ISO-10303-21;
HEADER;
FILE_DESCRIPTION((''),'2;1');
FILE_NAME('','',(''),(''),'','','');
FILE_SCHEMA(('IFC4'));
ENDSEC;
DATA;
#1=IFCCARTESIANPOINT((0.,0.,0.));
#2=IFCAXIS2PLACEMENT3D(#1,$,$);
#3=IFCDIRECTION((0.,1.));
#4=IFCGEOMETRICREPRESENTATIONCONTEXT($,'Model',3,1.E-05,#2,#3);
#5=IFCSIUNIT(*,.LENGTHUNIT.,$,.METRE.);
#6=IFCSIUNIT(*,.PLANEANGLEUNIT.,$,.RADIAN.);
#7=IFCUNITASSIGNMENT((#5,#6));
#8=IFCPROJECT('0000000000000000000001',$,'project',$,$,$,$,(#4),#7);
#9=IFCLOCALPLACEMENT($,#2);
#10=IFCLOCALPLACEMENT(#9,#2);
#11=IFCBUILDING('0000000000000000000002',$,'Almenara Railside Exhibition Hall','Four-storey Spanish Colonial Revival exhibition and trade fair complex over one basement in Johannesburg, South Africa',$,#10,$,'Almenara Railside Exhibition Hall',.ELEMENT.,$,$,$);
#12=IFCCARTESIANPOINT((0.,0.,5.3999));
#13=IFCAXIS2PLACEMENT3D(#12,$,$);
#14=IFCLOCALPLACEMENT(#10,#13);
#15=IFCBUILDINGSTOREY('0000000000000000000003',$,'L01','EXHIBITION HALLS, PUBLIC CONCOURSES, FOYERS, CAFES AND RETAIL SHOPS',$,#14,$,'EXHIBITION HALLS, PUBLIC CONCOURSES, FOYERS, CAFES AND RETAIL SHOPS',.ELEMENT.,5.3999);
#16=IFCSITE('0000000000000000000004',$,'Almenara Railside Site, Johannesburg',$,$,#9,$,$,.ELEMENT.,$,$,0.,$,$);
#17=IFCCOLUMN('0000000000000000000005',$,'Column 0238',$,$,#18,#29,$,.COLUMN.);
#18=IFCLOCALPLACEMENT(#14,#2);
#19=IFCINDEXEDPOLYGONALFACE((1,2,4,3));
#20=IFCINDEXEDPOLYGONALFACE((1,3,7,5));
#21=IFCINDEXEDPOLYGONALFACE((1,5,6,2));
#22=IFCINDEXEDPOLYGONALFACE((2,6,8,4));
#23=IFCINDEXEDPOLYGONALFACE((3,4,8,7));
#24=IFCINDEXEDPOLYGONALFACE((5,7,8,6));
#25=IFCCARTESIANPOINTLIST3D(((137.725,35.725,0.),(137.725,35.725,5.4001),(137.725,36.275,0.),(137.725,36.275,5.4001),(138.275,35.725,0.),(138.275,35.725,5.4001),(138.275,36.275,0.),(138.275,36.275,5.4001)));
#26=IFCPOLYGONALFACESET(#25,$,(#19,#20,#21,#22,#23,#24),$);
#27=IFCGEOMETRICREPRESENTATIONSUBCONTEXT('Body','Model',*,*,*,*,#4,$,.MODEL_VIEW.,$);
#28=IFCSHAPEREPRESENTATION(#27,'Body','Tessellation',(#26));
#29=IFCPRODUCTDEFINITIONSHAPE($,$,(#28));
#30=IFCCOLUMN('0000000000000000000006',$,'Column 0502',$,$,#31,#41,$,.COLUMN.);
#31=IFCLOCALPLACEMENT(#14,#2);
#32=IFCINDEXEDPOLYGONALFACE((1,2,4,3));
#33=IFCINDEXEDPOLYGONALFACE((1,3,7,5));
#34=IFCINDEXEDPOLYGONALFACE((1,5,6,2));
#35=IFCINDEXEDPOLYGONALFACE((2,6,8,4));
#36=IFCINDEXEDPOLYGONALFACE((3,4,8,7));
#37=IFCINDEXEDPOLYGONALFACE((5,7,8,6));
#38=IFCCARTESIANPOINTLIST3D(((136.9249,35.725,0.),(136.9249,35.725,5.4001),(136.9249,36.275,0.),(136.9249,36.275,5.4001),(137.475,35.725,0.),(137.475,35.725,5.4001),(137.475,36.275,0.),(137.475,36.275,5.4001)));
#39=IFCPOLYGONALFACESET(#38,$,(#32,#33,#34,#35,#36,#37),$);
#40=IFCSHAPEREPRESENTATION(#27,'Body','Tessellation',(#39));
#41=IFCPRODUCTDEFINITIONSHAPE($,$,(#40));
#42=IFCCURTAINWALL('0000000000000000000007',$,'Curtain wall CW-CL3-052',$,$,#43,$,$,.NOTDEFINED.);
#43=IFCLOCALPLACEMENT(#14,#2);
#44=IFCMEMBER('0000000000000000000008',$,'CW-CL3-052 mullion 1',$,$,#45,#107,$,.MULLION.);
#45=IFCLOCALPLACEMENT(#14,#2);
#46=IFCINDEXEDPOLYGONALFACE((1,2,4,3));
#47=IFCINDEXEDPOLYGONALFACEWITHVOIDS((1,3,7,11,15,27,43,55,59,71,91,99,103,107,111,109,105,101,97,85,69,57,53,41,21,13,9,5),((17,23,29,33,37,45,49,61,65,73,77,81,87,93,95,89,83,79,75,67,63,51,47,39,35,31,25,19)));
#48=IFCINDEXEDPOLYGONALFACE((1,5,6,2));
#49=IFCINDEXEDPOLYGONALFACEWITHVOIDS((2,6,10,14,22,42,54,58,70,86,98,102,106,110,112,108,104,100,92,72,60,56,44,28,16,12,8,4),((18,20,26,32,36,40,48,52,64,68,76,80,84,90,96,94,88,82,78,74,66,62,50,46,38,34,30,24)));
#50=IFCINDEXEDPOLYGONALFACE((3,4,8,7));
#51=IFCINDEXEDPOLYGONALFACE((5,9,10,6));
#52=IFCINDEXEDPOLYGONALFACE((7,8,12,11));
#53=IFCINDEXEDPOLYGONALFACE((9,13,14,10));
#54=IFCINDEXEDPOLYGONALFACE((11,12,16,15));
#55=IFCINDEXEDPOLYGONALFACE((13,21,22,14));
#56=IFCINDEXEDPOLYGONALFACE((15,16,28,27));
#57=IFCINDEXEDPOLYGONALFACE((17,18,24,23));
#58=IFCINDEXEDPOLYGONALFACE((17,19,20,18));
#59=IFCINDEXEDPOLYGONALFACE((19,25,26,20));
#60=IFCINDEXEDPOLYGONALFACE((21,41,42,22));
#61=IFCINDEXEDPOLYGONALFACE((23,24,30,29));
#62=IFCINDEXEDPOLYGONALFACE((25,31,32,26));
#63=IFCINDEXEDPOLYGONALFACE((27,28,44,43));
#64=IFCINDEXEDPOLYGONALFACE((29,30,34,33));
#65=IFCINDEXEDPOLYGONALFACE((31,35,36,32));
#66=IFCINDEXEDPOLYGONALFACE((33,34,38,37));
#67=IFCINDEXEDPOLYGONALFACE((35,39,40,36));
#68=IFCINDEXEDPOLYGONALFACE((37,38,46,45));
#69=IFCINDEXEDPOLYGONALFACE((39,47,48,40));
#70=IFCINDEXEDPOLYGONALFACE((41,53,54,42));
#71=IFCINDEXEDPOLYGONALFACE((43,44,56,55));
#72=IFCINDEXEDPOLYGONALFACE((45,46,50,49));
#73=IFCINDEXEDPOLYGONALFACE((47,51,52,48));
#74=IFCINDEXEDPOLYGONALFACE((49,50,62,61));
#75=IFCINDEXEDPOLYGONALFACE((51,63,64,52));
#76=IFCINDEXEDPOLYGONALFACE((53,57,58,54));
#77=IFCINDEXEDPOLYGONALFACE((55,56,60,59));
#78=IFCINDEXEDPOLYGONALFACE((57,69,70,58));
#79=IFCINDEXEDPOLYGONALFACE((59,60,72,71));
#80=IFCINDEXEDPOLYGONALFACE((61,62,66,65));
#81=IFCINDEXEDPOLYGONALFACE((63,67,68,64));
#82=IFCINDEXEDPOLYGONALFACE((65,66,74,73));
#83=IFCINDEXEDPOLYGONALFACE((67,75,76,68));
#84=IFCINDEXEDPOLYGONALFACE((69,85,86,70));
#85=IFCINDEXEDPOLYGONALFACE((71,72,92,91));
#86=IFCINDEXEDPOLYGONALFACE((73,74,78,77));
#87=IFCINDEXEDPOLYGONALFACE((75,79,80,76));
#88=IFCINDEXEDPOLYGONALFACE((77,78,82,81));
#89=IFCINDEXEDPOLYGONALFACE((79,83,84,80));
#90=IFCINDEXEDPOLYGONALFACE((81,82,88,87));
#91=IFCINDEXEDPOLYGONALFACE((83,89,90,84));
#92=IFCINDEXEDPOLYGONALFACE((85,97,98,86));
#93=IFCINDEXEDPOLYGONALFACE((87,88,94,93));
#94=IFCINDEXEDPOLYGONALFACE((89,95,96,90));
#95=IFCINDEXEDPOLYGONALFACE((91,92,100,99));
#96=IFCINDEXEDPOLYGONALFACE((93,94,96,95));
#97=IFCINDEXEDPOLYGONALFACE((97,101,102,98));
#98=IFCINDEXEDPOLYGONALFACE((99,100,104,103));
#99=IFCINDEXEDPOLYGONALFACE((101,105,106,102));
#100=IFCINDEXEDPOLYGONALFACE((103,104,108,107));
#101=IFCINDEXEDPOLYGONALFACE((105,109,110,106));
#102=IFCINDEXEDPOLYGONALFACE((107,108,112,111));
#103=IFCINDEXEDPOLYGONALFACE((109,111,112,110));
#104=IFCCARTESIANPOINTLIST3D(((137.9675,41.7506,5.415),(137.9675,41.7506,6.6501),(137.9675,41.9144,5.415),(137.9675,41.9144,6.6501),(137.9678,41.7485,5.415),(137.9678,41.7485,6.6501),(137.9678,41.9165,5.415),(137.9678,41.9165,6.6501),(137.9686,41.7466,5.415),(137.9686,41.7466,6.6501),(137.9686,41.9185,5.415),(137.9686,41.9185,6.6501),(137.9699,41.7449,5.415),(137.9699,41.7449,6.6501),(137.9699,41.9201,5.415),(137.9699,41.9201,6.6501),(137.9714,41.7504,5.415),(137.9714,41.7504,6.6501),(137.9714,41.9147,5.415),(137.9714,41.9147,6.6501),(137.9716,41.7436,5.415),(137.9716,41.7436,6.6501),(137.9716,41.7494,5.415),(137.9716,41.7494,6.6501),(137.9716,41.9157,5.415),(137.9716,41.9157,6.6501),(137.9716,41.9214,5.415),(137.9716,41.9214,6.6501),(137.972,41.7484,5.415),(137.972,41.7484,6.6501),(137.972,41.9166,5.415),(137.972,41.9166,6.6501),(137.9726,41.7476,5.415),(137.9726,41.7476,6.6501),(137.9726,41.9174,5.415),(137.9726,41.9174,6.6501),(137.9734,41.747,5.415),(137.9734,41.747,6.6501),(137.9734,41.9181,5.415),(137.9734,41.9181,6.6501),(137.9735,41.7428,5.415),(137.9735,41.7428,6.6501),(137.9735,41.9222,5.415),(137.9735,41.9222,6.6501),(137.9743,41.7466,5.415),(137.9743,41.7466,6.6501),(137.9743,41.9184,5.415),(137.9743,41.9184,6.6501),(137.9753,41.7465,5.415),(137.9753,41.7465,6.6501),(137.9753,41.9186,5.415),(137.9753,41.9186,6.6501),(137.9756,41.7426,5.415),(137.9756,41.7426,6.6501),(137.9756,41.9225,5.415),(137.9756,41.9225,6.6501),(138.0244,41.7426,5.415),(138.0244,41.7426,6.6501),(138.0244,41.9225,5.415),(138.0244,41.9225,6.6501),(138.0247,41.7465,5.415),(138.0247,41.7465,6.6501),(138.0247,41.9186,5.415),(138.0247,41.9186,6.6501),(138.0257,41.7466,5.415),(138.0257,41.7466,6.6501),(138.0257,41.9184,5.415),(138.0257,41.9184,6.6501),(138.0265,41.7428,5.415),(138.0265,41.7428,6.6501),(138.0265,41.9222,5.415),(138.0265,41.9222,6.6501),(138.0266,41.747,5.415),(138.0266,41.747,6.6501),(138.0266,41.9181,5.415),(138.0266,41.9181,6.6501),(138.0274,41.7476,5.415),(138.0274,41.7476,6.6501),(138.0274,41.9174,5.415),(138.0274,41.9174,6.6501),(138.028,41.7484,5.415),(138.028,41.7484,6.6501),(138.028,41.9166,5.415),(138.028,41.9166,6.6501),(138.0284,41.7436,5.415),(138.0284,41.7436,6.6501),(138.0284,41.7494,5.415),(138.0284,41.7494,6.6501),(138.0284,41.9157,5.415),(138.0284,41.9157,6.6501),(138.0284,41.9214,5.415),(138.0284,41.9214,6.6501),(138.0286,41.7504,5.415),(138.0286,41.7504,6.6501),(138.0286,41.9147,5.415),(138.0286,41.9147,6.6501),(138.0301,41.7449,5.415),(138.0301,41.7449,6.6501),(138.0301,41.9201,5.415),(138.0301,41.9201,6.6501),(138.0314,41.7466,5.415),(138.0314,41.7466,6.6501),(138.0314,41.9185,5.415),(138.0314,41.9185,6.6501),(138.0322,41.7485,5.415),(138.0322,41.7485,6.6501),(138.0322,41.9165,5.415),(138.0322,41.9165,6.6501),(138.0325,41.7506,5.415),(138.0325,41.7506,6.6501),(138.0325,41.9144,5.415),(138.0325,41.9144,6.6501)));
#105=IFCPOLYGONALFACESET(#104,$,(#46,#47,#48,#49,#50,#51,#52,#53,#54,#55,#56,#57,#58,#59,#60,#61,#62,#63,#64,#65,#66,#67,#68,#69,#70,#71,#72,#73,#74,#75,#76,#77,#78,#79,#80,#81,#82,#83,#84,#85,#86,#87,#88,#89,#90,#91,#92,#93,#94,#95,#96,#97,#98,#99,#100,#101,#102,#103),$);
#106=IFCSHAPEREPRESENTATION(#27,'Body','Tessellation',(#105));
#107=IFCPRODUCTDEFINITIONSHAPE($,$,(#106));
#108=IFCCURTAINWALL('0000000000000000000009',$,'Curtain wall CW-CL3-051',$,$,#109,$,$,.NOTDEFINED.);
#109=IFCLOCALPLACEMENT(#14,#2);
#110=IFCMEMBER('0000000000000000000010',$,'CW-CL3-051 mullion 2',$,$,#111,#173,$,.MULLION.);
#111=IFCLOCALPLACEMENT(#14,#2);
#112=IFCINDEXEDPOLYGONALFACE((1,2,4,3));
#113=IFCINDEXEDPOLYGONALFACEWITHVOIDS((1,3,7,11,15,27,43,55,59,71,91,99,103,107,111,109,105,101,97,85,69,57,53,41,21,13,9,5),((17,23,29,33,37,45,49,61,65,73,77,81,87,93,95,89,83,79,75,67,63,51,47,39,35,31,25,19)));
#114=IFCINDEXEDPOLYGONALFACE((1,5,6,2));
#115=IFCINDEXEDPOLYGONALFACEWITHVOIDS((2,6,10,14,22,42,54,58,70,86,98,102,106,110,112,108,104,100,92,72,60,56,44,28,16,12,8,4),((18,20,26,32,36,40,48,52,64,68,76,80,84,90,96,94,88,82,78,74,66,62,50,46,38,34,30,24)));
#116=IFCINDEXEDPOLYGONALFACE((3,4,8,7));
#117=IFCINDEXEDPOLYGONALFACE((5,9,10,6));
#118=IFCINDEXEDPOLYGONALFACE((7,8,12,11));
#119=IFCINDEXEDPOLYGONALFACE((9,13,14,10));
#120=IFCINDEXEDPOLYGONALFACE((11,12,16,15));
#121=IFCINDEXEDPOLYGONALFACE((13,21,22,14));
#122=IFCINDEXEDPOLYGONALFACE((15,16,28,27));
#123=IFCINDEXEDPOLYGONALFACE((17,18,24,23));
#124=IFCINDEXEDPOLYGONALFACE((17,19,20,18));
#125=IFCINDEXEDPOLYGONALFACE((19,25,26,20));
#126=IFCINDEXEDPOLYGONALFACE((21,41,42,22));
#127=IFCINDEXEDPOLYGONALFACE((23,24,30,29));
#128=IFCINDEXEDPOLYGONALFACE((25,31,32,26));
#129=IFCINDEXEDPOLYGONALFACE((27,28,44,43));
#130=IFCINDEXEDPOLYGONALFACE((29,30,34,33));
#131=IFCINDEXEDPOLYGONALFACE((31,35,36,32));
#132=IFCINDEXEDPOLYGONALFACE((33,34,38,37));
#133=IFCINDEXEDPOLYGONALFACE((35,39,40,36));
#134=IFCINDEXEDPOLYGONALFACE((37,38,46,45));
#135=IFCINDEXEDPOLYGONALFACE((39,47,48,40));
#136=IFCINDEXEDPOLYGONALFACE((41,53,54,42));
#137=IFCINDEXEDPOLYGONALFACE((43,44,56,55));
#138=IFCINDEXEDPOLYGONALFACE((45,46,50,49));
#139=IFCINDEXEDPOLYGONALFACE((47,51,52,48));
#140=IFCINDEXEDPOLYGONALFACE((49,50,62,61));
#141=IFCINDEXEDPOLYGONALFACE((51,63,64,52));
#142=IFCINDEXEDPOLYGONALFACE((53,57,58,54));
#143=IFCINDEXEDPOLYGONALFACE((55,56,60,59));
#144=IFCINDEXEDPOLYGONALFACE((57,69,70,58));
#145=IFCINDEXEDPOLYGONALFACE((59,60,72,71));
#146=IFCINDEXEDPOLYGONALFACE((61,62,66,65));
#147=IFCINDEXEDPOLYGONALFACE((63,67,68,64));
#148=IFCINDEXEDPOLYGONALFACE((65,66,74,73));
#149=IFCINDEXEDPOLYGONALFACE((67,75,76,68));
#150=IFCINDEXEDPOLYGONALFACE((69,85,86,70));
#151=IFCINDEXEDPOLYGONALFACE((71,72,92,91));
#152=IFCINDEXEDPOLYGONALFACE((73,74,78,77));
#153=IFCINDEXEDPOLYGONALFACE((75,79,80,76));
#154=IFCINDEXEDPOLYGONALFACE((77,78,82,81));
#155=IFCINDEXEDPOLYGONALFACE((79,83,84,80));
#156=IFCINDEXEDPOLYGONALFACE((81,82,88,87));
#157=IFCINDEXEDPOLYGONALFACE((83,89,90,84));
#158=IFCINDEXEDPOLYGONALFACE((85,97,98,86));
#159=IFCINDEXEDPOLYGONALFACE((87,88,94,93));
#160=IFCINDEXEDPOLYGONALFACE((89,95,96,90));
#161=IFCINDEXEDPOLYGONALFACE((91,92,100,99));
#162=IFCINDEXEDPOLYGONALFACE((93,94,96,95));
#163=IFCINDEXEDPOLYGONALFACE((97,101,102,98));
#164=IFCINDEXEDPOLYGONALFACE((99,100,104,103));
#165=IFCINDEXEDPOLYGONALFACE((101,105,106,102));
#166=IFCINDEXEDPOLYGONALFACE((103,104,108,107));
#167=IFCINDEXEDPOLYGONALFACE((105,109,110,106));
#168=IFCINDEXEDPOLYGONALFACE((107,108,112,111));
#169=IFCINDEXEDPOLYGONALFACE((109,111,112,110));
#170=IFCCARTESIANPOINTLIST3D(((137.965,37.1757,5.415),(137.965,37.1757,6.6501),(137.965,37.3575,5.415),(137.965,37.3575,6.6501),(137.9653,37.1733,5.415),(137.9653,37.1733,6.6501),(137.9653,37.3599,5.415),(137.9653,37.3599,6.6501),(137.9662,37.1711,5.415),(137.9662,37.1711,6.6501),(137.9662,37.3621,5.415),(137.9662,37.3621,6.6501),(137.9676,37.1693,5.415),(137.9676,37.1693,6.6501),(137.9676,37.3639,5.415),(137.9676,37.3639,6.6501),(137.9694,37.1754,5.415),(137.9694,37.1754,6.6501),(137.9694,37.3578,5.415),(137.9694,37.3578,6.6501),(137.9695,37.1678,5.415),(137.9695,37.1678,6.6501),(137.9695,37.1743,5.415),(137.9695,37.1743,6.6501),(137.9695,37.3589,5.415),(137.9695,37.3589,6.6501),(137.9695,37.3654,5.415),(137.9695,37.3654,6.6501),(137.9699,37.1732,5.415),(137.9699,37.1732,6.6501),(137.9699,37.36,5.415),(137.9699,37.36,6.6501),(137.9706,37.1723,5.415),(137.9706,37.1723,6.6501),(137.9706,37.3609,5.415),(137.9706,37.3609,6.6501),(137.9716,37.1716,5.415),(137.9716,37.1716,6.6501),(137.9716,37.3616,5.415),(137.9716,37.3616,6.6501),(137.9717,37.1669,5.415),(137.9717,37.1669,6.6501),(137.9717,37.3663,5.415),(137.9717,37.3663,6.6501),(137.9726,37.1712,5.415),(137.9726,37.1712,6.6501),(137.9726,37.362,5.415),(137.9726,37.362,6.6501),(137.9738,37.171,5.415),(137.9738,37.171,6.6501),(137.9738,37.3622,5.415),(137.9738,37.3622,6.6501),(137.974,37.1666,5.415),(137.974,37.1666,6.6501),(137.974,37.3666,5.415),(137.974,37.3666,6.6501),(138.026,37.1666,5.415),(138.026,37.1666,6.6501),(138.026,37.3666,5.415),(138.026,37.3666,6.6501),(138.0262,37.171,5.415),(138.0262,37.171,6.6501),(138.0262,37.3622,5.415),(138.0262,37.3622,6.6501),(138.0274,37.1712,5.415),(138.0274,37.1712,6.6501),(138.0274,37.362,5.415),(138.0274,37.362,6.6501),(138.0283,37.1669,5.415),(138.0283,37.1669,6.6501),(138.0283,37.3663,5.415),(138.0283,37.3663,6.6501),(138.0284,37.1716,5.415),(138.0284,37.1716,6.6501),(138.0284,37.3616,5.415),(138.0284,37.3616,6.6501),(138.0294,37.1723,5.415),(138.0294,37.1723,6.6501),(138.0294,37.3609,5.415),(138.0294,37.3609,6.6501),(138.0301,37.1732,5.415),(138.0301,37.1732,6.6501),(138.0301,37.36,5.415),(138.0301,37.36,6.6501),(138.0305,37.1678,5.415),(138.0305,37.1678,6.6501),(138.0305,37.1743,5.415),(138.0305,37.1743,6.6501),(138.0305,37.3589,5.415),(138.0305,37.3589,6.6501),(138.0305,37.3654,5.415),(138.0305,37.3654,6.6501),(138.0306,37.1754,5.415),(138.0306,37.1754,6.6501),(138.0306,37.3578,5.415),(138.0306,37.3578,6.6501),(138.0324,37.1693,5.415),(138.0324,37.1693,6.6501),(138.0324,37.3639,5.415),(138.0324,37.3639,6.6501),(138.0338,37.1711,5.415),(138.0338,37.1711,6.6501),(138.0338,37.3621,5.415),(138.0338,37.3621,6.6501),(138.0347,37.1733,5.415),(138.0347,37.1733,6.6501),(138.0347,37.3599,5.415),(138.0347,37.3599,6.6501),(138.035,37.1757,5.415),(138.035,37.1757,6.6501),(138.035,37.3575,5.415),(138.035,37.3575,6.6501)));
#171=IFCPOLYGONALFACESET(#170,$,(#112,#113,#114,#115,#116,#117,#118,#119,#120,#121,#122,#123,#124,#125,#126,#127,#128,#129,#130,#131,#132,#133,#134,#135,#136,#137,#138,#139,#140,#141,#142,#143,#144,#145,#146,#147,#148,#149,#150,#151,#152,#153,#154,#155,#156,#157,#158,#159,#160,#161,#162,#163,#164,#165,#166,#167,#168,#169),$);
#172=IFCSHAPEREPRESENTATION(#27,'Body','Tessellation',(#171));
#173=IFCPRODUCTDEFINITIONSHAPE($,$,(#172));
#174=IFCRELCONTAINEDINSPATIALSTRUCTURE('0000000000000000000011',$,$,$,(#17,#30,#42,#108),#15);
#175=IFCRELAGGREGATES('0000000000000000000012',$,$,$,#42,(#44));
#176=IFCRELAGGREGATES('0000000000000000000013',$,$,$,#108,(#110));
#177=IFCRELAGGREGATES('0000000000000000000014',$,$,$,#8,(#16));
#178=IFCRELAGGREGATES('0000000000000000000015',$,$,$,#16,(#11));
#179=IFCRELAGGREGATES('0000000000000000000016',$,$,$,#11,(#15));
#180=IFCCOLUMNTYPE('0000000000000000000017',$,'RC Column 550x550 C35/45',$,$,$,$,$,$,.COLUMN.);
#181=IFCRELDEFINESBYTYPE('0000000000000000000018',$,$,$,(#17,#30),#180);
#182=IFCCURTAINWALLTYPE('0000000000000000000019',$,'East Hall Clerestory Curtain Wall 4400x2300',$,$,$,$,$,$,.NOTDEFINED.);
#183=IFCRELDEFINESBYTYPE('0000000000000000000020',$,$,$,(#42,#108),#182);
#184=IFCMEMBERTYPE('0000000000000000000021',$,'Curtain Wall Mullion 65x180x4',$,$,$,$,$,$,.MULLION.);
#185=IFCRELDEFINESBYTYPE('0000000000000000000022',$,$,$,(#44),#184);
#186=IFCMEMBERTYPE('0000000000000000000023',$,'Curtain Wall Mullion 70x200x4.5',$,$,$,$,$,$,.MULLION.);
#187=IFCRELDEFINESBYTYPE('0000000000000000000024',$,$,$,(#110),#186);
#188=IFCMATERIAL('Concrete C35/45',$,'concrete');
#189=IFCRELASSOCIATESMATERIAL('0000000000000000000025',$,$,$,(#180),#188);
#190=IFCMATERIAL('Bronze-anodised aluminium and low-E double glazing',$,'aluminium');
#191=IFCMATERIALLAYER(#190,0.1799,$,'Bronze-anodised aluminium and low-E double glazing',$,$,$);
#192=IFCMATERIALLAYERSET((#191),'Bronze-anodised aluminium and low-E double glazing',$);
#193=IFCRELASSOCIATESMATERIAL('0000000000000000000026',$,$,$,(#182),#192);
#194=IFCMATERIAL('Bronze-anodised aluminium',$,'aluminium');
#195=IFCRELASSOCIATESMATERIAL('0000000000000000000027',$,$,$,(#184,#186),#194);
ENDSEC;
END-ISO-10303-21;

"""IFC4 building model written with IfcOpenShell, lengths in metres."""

from ifc_helpers import new_model, si_unit, direction, frame, origin, origin_2d, place, context, subcontext, project, spatial, rectangle, hollow_rectangle, extrude, material, layer, layer_set, material_profile, profile_set, type_object, element, aggregate, save


model = new_model("IFC4")

# Units and contexts
model_context = context("Model", 3, precision=1e-05, world=origin(), true_north=direction((0.0, 1.0)))
body_context = subcontext(model_context, "Body", "Model", "MODEL_VIEW")
ifc_project = project(units=[si_unit("LENGTHUNIT", "METRE"), si_unit("PLANEANGLEUNIT", "RADIAN")], contexts=[model_context])

# Site, building, storey
site_placement = place(None, origin())
site = spatial("IfcSite", under=ifc_project, at=site_placement, Name="Almenara Railside Site, Johannesburg", CompositionType="ELEMENT", RefElevation=0.0)
building_placement = place(site_placement, origin())
building = spatial("IfcBuilding", under=site, at=building_placement, Name="Almenara Railside Exhibition Hall", Description="Four-storey Spanish Colonial Revival exhibition and trade fair complex over one basement in Johannesburg, South Africa", LongName="Almenara Railside Exhibition Hall", CompositionType="ELEMENT")
storey_placement = place(building_placement, frame((0.0, 0.0, 5.3999)))
storey = spatial("IfcBuildingStorey", under=building, at=storey_placement, Name="L01", Description="EXHIBITION HALLS, PUBLIC CONCOURSES, FOYERS, CAFES AND RETAIL SHOPS", LongName="EXHIBITION HALLS, PUBLIC CONCOURSES, FOYERS, CAFES AND RETAIL SHOPS", CompositionType="ELEMENT", Elevation=5.3999)

# Columns
ifc_material_1 = material(Name="Concrete C35/45", Category="concrete")
ifc_material_profile_1 = material_profile(ifc_material_1, rectangle(XDim=0.55, YDim=0.55, at=origin_2d()), Name="RC 550x550")
ifc_profile_set_1 = profile_set([ifc_material_profile_1], Name="Concrete C35/45")
column_type = type_object("IfcColumnType", Name="RC Column 550x550 C35/45", PredefinedType="COLUMN", material=ifc_profile_set_1)
for number, where, z_axis, x_axis, name in (
    (1, (138.0, 36.0, 0.0), (0.0, 0.0, 1.0), (1.0, 0.0, 0.0), "Column 0238"),
    (2, (137.2, 36.0, 0.0), (0.0, 0.0, 1.0), (1.0, 0.0, 0.0), "Column 0502"),
):
    element("IfcColumn", number, at=place(storey_placement, frame(where, z_axis=z_axis, x_axis=x_axis)), inside=storey, type_object=column_type, Name=name, PredefinedType="COLUMN", context=body_context, shape_type="SweptSolid", body=[
        extrude(rectangle(XDim=0.55, YDim=0.55, at=origin_2d()), origin(), (0.0, 0.0, 1.0), 5.4001),
    ])

# Curtain wall, member
ifc_material_2 = material(Name="Bronze-anodised aluminium and low-E double glazing", Category="aluminium")
ifc_layer_1 = layer(ifc_material_2, 0.1799, Name="Bronze-anodised aluminium and low-E double glazing")
ifc_layer_set_1 = layer_set([ifc_layer_1], Name="Bronze-anodised aluminium and low-E double glazing")
curtain_wall_type = type_object("IfcCurtainWallType", Name="East Hall Clerestory Curtain Wall 4400x2300", PredefinedType="NOTDEFINED", material=ifc_layer_set_1)
curtain_wall_1_placement = place(storey_placement, origin())
curtain_wall_1 = element("IfcCurtainWall", 3, at=curtain_wall_1_placement, inside=storey, type_object=curtain_wall_type, Name="Curtain wall CW-CL3-052", PredefinedType="NOTDEFINED")
ifc_material_3 = material(Name="Bronze-anodised aluminium", Category="aluminium")
ifc_material_profile_2 = material_profile(ifc_material_3, hollow_rectangle(XDim=0.0649, YDim=0.1799, WallThickness=0.0039, InnerFilletRadius=0.0039, OuterFilletRadius=0.0081, at=origin_2d()), Name="ALU-MUL 65x180x4")
ifc_profile_set_2 = profile_set([ifc_material_profile_2], Name="Bronze-anodised aluminium")
member_type_1 = type_object("IfcMemberType", Name="Curtain Wall Mullion 65x180x4", PredefinedType="MULLION", material=ifc_profile_set_2)
member_1_placement = place(storey_placement, frame((138.0, 41.8325, 5.415), z_axis=(0.0, 0.0, 1.0), x_axis=(-1.0, 0.0, 0.0)))
member_1 = element("IfcMember", 4, at=member_1_placement, type_object=member_type_1, Name="CW-CL3-052 mullion 1", PredefinedType="MULLION", context=body_context, shape_type="SweptSolid", body=[
    extrude(hollow_rectangle(XDim=0.0649, YDim=0.1799, WallThickness=0.0039, InnerFilletRadius=0.0039, OuterFilletRadius=0.0081, at=origin_2d()), origin(), (0.0, 0.0, 1.0), 1.2351),
])
aggregate(curtain_wall_1, [member_1])

# Curtain wall, member
curtain_wall_2_placement = place(storey_placement, origin())
curtain_wall_2 = element("IfcCurtainWall", 5, at=curtain_wall_2_placement, inside=storey, type_object=curtain_wall_type, Name="Curtain wall CW-CL3-051", PredefinedType="NOTDEFINED")
ifc_material_profile_3 = material_profile(ifc_material_3, hollow_rectangle(XDim=0.0701, YDim=0.2, WallThickness=0.0044, InnerFilletRadius=0.0044, OuterFilletRadius=0.009, at=origin_2d()), Name="ALU-MUL 70x200x4.5")
ifc_profile_set_3 = profile_set([ifc_material_profile_3], Name="Bronze-anodised aluminium")
member_type_2 = type_object("IfcMemberType", Name="Curtain Wall Mullion 70x200x4.5", PredefinedType="MULLION", material=ifc_profile_set_3)
member_2_placement = place(storey_placement, frame((138.0, 37.2666, 5.415), z_axis=(0.0, 0.0, 1.0), x_axis=(-1.0, 0.0, 0.0)))
member_2 = element("IfcMember", 6, at=member_2_placement, type_object=member_type_2, Name="CW-CL3-051 mullion 2", PredefinedType="MULLION", context=body_context, shape_type="SweptSolid", body=[
    extrude(hollow_rectangle(XDim=0.0701, YDim=0.2, WallThickness=0.0044, InnerFilletRadius=0.0044, OuterFilletRadius=0.009, at=origin_2d()), origin(), (0.0, 0.0, 1.0), 1.2351),
])

aggregate(curtain_wall_2, [member_2])

save(model, "model.ifc")
